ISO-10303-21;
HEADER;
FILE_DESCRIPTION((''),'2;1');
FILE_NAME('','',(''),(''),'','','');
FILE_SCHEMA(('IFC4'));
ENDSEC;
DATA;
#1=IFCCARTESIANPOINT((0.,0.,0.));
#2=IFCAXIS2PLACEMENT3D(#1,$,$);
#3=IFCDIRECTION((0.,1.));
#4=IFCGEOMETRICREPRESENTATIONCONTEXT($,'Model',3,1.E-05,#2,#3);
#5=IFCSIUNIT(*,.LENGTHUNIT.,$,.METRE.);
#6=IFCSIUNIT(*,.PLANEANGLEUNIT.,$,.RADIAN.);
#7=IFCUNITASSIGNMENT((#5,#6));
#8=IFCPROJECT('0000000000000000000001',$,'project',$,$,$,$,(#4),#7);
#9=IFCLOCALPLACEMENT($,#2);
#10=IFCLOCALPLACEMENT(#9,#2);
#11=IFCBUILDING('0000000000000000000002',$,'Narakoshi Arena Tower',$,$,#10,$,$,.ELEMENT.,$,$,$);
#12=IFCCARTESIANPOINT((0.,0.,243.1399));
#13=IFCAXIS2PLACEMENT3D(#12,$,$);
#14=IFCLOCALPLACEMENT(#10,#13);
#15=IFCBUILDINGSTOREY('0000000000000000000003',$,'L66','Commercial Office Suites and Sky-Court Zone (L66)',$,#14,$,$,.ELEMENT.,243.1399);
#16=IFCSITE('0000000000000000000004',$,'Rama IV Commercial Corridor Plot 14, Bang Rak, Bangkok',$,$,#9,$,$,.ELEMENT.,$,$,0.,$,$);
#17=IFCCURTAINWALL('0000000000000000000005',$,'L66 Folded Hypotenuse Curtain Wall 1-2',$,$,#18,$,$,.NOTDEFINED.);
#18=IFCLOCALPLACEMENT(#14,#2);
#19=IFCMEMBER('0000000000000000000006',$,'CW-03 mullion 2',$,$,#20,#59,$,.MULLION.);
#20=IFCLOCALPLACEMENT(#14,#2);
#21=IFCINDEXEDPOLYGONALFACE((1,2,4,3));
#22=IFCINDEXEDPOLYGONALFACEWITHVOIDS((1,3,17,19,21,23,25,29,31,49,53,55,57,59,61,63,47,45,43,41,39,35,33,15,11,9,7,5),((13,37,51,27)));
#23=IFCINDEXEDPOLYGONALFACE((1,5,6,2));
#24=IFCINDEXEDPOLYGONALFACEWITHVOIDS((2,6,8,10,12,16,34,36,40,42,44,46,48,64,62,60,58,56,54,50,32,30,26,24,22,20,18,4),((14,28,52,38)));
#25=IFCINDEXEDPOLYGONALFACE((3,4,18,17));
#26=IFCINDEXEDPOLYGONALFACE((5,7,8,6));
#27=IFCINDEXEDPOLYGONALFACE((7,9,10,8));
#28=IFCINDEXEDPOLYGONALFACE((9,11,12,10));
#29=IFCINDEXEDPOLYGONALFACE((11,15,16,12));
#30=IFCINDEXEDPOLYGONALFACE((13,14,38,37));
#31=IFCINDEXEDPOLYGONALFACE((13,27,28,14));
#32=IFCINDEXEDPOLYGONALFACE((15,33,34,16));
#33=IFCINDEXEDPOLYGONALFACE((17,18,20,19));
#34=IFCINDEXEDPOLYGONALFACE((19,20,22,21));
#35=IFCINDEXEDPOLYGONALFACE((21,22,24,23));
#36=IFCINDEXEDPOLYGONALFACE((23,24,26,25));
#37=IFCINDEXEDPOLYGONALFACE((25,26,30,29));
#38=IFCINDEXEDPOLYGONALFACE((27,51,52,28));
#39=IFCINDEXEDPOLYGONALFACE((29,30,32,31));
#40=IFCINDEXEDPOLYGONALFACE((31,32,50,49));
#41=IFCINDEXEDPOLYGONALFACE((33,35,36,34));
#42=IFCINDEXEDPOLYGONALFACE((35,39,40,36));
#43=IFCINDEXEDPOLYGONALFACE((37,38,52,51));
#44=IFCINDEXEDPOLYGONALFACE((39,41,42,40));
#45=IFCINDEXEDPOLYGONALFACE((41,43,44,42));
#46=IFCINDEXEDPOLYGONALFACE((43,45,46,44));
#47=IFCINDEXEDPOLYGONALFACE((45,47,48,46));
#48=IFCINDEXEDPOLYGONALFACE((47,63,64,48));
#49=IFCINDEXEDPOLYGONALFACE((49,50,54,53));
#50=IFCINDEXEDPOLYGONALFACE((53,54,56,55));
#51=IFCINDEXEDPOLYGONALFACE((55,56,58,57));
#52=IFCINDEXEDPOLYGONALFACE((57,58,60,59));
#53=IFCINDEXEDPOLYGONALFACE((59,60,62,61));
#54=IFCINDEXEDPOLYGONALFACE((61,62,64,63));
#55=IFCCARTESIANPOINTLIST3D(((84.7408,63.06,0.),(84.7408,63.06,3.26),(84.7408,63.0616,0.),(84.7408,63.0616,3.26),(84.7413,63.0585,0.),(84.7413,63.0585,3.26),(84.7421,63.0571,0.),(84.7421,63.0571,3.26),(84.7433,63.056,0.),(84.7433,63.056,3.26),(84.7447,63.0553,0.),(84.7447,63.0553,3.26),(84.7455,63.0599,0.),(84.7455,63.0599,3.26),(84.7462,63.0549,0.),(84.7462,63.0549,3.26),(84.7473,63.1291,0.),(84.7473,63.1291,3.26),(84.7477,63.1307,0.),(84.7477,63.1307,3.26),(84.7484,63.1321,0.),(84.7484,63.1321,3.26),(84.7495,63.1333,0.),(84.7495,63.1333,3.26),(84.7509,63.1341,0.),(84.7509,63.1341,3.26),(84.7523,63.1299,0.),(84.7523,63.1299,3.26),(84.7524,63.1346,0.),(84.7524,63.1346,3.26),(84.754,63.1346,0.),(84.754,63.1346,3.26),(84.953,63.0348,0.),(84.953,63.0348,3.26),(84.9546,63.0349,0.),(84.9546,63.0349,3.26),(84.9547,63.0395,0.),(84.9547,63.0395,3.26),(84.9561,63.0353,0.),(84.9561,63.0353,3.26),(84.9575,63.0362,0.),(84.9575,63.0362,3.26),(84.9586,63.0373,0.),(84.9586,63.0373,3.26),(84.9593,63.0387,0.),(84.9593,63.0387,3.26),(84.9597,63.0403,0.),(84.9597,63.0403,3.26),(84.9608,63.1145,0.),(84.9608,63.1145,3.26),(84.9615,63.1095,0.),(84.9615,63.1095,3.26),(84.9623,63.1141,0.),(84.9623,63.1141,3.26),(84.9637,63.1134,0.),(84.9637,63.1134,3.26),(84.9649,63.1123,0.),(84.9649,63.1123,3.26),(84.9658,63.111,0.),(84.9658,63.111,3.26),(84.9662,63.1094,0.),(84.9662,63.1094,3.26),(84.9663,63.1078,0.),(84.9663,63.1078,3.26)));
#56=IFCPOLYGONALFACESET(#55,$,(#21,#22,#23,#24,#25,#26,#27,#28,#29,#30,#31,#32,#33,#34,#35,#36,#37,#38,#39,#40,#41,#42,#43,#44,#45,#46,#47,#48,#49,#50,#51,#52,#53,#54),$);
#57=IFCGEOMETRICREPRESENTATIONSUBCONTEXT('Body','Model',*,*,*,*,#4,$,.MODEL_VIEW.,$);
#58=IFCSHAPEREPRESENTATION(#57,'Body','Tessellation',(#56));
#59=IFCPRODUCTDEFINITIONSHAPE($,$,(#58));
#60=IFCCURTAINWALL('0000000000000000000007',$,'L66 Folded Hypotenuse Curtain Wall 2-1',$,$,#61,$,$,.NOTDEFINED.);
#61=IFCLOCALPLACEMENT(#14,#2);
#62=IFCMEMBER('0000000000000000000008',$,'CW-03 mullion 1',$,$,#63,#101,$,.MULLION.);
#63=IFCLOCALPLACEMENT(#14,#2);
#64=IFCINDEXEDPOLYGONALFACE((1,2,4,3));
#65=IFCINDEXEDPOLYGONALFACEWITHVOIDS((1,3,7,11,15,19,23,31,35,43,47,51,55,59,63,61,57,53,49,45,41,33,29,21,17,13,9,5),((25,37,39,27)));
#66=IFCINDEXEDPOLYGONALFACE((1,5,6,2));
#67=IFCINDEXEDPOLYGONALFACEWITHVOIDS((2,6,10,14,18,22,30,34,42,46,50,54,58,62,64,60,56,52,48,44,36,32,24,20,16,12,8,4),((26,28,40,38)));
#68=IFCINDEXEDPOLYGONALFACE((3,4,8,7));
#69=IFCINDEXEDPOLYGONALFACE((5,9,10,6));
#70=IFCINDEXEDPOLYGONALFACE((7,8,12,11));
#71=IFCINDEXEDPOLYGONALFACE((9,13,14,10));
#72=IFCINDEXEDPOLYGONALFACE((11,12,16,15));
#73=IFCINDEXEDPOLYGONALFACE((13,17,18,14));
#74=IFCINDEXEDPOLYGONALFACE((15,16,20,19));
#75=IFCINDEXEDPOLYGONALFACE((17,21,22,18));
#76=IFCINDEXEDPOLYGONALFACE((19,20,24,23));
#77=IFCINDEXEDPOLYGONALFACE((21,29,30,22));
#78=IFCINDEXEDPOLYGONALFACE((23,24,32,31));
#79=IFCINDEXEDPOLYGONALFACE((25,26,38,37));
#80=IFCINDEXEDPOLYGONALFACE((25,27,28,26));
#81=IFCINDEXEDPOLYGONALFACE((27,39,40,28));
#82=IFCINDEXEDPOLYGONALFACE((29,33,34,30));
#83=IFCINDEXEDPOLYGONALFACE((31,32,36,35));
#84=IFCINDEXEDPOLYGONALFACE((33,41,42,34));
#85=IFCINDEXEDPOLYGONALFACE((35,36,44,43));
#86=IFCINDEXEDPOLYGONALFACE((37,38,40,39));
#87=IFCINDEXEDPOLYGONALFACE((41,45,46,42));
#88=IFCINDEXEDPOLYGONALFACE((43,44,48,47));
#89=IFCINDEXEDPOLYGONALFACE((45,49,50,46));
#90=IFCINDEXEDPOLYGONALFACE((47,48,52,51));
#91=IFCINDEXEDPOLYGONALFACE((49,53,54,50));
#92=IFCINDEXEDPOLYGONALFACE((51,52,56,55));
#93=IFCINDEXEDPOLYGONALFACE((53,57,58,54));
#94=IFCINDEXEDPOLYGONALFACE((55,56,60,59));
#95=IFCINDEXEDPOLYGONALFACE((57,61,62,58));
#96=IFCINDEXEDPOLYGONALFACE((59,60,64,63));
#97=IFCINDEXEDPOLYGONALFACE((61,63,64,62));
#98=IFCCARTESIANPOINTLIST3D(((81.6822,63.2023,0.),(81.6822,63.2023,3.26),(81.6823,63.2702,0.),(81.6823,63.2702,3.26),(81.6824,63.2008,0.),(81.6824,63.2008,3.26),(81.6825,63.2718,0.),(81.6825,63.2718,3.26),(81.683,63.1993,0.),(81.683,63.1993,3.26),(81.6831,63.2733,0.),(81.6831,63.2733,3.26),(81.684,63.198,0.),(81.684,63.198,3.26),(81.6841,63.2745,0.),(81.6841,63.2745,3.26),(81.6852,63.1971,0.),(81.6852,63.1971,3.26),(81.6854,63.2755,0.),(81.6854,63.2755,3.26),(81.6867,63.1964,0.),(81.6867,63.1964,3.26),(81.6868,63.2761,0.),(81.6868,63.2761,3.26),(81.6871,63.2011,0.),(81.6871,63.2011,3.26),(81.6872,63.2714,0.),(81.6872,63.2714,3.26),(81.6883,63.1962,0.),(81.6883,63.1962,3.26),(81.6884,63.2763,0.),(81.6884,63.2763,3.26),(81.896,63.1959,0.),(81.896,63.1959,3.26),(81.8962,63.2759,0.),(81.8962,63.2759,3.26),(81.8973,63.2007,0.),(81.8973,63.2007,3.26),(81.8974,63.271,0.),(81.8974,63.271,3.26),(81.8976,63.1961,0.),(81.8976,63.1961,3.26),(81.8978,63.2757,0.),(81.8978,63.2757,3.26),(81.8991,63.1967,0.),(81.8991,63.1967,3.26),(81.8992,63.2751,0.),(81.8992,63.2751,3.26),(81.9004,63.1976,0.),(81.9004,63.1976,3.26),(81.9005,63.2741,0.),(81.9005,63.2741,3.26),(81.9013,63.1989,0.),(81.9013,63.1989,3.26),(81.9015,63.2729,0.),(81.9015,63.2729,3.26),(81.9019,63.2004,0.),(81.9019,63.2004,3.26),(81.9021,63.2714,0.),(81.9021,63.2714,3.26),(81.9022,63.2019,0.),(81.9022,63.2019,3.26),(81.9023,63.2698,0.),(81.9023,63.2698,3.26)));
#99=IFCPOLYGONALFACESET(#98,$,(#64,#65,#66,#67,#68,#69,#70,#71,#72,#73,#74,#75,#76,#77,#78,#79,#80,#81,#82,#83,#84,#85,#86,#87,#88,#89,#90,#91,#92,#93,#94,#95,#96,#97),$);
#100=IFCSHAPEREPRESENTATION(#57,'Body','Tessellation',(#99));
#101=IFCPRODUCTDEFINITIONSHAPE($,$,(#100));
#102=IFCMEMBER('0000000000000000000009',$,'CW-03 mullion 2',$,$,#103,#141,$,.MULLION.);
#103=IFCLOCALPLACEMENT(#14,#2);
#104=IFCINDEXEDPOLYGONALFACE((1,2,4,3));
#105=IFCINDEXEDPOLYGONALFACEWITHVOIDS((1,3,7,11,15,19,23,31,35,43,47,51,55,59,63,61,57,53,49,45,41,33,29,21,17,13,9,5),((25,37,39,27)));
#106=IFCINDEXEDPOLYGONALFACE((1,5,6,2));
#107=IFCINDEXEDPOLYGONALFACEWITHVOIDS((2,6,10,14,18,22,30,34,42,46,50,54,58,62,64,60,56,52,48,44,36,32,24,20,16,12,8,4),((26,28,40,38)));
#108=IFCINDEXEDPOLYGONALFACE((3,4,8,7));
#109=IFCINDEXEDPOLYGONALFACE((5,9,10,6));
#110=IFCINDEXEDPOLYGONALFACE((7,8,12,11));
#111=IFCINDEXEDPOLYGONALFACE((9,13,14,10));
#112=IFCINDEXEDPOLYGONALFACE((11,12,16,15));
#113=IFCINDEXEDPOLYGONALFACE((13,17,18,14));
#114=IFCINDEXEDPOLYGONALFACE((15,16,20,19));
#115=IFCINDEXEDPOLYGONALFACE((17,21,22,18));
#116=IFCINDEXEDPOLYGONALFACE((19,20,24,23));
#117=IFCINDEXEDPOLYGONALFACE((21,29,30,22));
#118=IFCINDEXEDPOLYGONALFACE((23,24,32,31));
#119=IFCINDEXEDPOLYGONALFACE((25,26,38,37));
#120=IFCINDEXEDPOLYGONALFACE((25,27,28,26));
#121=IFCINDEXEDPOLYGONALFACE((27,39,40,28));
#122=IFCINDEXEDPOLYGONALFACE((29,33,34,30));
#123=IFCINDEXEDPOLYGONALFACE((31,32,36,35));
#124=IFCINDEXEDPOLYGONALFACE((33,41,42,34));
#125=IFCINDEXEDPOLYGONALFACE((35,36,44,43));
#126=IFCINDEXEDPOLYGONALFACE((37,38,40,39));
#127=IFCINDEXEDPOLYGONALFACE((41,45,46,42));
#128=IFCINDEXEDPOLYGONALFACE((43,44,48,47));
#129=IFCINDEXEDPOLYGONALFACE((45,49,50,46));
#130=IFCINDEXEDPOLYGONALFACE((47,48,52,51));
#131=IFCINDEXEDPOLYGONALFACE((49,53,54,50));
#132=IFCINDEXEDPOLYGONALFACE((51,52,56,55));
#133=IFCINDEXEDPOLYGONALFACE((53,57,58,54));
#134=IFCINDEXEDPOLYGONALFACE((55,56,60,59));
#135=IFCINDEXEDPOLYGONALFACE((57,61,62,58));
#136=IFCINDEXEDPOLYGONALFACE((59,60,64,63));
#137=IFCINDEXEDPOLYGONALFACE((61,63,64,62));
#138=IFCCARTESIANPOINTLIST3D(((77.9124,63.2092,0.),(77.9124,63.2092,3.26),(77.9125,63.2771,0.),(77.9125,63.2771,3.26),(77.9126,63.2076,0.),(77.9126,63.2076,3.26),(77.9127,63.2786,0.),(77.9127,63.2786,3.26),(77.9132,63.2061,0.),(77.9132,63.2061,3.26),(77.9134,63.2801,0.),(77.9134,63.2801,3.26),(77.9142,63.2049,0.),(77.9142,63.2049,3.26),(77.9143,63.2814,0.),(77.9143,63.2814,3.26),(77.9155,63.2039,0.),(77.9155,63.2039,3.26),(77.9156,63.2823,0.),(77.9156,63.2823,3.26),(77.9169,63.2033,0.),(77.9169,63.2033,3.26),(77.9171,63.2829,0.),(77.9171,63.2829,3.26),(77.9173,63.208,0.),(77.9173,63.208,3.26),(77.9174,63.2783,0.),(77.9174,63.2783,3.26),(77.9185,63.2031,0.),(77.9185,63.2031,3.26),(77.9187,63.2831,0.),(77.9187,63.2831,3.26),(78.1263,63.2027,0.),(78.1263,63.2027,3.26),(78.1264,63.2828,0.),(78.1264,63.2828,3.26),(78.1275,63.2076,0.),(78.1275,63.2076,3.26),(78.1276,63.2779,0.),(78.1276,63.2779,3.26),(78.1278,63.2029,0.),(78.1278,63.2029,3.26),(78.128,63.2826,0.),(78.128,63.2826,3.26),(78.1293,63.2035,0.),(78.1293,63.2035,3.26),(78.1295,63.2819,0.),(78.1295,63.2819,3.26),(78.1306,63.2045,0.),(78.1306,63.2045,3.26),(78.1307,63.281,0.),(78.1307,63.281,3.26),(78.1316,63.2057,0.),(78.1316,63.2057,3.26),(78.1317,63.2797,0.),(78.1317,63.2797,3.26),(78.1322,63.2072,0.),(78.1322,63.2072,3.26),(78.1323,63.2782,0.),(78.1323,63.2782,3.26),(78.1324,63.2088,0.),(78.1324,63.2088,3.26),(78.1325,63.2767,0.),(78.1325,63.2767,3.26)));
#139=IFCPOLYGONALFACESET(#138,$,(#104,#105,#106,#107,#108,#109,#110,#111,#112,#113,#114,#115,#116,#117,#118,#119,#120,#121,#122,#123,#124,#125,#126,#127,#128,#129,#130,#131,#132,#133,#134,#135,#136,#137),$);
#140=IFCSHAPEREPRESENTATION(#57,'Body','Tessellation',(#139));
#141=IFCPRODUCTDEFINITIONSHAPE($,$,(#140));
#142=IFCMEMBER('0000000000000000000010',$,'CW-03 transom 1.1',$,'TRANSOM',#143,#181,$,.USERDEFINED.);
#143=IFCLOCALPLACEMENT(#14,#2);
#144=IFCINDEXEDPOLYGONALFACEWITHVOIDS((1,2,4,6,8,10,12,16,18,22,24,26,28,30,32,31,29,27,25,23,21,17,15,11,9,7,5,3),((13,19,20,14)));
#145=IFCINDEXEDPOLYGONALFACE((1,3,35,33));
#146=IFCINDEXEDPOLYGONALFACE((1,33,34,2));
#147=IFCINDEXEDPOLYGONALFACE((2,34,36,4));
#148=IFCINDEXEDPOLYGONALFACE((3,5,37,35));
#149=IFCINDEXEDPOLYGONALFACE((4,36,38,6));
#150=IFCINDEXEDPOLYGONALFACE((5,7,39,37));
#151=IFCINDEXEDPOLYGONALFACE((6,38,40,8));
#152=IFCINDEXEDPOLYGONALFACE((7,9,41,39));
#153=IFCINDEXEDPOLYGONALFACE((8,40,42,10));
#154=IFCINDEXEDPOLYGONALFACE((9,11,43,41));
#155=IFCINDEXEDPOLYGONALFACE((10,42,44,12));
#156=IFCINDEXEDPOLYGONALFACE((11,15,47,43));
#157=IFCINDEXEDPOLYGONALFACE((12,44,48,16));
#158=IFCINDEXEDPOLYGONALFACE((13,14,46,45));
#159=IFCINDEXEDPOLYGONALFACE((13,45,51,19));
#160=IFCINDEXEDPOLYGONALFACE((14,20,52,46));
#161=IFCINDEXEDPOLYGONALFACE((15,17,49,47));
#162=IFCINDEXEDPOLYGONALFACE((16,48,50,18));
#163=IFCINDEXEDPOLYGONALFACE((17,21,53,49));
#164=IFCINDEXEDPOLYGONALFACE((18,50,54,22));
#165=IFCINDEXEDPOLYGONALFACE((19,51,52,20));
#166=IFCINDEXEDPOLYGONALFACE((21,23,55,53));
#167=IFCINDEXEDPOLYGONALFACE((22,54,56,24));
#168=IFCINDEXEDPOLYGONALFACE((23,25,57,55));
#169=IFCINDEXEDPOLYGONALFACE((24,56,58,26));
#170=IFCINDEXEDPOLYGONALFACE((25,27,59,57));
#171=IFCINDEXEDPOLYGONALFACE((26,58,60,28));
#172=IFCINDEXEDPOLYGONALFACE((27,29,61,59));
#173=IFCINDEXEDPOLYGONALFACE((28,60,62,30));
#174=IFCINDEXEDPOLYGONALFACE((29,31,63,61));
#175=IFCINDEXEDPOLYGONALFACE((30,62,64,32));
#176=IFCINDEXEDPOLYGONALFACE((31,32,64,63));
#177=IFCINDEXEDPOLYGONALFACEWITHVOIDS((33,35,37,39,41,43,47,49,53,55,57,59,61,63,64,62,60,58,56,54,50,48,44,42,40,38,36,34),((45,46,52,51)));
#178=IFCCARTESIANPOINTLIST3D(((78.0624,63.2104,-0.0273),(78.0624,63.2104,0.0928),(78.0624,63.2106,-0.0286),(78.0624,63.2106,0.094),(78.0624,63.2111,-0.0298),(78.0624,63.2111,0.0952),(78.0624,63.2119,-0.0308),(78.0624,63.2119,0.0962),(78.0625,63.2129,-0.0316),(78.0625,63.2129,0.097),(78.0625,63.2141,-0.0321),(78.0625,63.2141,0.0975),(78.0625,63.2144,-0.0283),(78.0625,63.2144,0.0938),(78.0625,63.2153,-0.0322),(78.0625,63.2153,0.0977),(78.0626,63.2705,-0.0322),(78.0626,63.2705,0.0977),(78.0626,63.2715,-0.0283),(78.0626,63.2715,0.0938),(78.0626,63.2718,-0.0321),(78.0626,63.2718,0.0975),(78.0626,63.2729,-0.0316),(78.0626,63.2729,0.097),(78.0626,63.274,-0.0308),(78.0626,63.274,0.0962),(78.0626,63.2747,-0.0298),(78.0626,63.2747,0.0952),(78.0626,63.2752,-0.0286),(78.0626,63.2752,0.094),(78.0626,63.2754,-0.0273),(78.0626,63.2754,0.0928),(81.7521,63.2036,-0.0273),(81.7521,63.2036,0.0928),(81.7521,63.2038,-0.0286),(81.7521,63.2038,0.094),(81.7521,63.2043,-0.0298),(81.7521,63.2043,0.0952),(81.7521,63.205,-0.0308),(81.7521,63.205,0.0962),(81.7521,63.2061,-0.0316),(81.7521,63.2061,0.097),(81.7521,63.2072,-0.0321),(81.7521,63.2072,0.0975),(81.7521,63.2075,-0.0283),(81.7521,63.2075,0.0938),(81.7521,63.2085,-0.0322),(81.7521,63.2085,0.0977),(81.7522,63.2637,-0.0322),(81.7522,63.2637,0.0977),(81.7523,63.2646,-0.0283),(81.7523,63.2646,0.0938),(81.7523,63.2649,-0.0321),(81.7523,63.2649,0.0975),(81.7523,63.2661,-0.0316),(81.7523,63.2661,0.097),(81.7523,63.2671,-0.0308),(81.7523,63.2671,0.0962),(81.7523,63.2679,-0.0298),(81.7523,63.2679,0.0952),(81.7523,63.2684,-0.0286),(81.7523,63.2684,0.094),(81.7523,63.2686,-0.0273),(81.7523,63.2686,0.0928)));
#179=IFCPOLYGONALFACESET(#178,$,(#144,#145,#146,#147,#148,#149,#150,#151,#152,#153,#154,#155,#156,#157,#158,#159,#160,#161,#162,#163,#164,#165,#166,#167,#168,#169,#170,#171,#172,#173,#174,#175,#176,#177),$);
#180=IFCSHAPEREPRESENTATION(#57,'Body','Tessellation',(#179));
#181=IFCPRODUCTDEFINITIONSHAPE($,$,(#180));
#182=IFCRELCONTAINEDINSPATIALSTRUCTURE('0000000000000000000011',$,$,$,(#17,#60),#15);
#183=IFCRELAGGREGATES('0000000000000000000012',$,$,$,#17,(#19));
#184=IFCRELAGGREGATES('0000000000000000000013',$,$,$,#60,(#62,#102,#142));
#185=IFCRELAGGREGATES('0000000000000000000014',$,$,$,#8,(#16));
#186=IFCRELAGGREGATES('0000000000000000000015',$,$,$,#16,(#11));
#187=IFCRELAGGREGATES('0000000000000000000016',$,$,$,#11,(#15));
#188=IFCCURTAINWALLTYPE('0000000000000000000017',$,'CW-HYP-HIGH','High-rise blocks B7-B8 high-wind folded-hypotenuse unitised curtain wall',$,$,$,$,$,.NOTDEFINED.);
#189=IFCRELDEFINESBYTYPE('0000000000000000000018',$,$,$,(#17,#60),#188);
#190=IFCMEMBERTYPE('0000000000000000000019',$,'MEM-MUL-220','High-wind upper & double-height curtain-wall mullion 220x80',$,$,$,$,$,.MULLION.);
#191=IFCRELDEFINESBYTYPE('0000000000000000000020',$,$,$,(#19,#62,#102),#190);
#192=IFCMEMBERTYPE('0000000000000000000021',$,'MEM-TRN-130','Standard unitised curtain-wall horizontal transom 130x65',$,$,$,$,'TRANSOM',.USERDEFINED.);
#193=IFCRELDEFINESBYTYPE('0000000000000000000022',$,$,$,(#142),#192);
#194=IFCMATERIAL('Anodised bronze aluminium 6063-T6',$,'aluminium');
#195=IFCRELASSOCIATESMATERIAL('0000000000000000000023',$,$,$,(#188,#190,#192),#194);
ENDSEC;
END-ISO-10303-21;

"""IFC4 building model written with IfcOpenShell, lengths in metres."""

from ifc_helpers import new_model, si_unit, direction, frame, origin, origin_2d, place, context, subcontext, project, spatial, hollow_rectangle, extrude, material, material_profile, profile_set, type_object, element, aggregate, save


model = new_model("IFC4")

# Units and contexts
model_context = context("Model", 3, precision=1e-05, world=origin(), true_north=direction((0.0, 1.0)))
body_context = subcontext(model_context, "Body", "Model", "MODEL_VIEW")
ifc_project = project(units=[si_unit("LENGTHUNIT", "METRE"), si_unit("PLANEANGLEUNIT", "RADIAN")], contexts=[model_context])

# Site, building, storey
site_placement = place(None, origin())
site = spatial("IfcSite", under=ifc_project, at=site_placement, Name="Rama IV Commercial Corridor Plot 14, Bang Rak, Bangkok", CompositionType="ELEMENT", RefElevation=0.0)
building_placement = place(site_placement, origin())
building = spatial("IfcBuilding", under=site, at=building_placement, Name="Narakoshi Arena Tower", CompositionType="ELEMENT")
storey_placement = place(building_placement, frame((0.0, 0.0, 243.1399)))
storey = spatial("IfcBuildingStorey", under=building, at=storey_placement, Name="L66", Description="Commercial Office Suites and Sky-Court Zone (L66)", CompositionType="ELEMENT", Elevation=243.1399)

# Curtain wall, member
ifc_material_1 = material(Name="Anodised bronze aluminium 6063-T6", Category="aluminium")
curtain_wall_type = type_object("IfcCurtainWallType", Name="CW-HYP-HIGH", Description="High-rise blocks B7-B8 high-wind folded-hypotenuse unitised curtain wall", PredefinedType="NOTDEFINED", material=ifc_material_1)
curtain_wall_1_placement = place(storey_placement, origin())
curtain_wall_1 = element("IfcCurtainWall", 1, at=curtain_wall_1_placement, inside=storey, type_object=curtain_wall_type, Name="L66 Folded Hypotenuse Curtain Wall 1-2", PredefinedType="NOTDEFINED")
ifc_material_profile_1 = material_profile(ifc_material_1, hollow_rectangle(XDim=0.0801, YDim=0.22, WallThickness=0.0049, OuterFilletRadius=0.0061, at=origin_2d()), Name="MUL220x80x5")
ifc_profile_set_1 = profile_set([ifc_material_profile_1], Name="Anodised bronze aluminium 6063-T6")
member_type_1 = type_object("IfcMemberType", Name="MEM-MUL-220", Description="High-wind upper & double-height curtain-wall mullion 220x80", PredefinedType="MULLION", material=ifc_profile_set_1)
member_1_placement = place(storey_placement, frame((84.8535, 63.0847, 0.0), z_axis=(0.0, 0.0, 1.0), x_axis=(-0.096843, -0.9953, 0.0)))
member_1 = element("IfcMember", 2, at=member_1_placement, type_object=member_type_1, Name="CW-03 mullion 2", PredefinedType="MULLION", context=body_context, shape_type="SweptSolid", body=[
    extrude(hollow_rectangle(XDim=0.0801, YDim=0.22, WallThickness=0.0049, OuterFilletRadius=0.0061, at=origin_2d()), origin(), (0.0, 0.0, 1.0), 3.26),
])

# Curtain wall, members
curtain_wall_2_placement = place(storey_placement, origin())
curtain_wall_2 = element("IfcCurtainWall", 3, at=curtain_wall_2_placement, inside=storey, type_object=curtain_wall_type, Name="L66 Folded Hypotenuse Curtain Wall 2-1", PredefinedType="NOTDEFINED")
member_2_placement = place(storey_placement, frame((81.7922, 63.2361, 0.0), z_axis=(0.0, 0.0, 1.0), x_axis=(-0.00182, -0.999998, 0.0)))
member_2 = element("IfcMember", 4, at=member_2_placement, type_object=member_type_1, Name="CW-03 mullion 1", PredefinedType="MULLION", context=body_context, shape_type="SweptSolid", body=[
    extrude(hollow_rectangle(XDim=0.0801, YDim=0.22, WallThickness=0.0049, OuterFilletRadius=0.0061, at=origin_2d()), origin(), (0.0, 0.0, 1.0), 3.26),
])
member_3_placement = place(storey_placement, frame((78.0225, 63.2429, 0.0), z_axis=(0.0, 0.0, 1.0), x_axis=(-0.00182, -0.999998, 0.0)))
member_3 = element("IfcMember", 5, at=member_3_placement, type_object=member_type_1, Name="CW-03 mullion 2", PredefinedType="MULLION", context=body_context, shape_type="SweptSolid", body=[
    extrude(hollow_rectangle(XDim=0.0801, YDim=0.22, WallThickness=0.0049, OuterFilletRadius=0.0061, at=origin_2d()), origin(), (0.0, 0.0, 1.0), 3.26),
])
ifc_material_profile_2 = material_profile(ifc_material_1, hollow_rectangle(XDim=0.0649, YDim=0.1299, WallThickness=0.0039, OuterFilletRadius=0.0049, at=origin_2d()), Name="TRN130x65x4")
ifc_profile_set_2 = profile_set([ifc_material_profile_2], Name="Anodised bronze aluminium 6063-T6")
member_type_2 = type_object("IfcMemberType", Name="MEM-TRN-130", Description="Standard unitised curtain-wall horizontal transom 130x65", ElementType="TRANSOM", PredefinedType="USERDEFINED", material=ifc_profile_set_2)
member_4_placement = place(storey_placement, frame((81.7522, 63.2361, 0.0327), z_axis=(-0.999998, 0.001853, 0.0), x_axis=(-0.001853, -0.999998, 0.0)))
member_4 = element("IfcMember", 6, at=member_4_placement, type_object=member_type_2, Name="CW-03 transom 1.1", ObjectType="TRANSOM", PredefinedType="USERDEFINED", context=body_context, shape_type="SweptSolid", body=[
    extrude(hollow_rectangle(XDim=0.0649, YDim=0.1299, WallThickness=0.0039, OuterFilletRadius=0.0049, at=origin_2d()), origin(), (0.0, 0.0, 1.0), 3.6897),
])

aggregate(curtain_wall_1, [member_1])
aggregate(curtain_wall_2, [member_2, member_3, member_4])

save(model, "model.ifc")
